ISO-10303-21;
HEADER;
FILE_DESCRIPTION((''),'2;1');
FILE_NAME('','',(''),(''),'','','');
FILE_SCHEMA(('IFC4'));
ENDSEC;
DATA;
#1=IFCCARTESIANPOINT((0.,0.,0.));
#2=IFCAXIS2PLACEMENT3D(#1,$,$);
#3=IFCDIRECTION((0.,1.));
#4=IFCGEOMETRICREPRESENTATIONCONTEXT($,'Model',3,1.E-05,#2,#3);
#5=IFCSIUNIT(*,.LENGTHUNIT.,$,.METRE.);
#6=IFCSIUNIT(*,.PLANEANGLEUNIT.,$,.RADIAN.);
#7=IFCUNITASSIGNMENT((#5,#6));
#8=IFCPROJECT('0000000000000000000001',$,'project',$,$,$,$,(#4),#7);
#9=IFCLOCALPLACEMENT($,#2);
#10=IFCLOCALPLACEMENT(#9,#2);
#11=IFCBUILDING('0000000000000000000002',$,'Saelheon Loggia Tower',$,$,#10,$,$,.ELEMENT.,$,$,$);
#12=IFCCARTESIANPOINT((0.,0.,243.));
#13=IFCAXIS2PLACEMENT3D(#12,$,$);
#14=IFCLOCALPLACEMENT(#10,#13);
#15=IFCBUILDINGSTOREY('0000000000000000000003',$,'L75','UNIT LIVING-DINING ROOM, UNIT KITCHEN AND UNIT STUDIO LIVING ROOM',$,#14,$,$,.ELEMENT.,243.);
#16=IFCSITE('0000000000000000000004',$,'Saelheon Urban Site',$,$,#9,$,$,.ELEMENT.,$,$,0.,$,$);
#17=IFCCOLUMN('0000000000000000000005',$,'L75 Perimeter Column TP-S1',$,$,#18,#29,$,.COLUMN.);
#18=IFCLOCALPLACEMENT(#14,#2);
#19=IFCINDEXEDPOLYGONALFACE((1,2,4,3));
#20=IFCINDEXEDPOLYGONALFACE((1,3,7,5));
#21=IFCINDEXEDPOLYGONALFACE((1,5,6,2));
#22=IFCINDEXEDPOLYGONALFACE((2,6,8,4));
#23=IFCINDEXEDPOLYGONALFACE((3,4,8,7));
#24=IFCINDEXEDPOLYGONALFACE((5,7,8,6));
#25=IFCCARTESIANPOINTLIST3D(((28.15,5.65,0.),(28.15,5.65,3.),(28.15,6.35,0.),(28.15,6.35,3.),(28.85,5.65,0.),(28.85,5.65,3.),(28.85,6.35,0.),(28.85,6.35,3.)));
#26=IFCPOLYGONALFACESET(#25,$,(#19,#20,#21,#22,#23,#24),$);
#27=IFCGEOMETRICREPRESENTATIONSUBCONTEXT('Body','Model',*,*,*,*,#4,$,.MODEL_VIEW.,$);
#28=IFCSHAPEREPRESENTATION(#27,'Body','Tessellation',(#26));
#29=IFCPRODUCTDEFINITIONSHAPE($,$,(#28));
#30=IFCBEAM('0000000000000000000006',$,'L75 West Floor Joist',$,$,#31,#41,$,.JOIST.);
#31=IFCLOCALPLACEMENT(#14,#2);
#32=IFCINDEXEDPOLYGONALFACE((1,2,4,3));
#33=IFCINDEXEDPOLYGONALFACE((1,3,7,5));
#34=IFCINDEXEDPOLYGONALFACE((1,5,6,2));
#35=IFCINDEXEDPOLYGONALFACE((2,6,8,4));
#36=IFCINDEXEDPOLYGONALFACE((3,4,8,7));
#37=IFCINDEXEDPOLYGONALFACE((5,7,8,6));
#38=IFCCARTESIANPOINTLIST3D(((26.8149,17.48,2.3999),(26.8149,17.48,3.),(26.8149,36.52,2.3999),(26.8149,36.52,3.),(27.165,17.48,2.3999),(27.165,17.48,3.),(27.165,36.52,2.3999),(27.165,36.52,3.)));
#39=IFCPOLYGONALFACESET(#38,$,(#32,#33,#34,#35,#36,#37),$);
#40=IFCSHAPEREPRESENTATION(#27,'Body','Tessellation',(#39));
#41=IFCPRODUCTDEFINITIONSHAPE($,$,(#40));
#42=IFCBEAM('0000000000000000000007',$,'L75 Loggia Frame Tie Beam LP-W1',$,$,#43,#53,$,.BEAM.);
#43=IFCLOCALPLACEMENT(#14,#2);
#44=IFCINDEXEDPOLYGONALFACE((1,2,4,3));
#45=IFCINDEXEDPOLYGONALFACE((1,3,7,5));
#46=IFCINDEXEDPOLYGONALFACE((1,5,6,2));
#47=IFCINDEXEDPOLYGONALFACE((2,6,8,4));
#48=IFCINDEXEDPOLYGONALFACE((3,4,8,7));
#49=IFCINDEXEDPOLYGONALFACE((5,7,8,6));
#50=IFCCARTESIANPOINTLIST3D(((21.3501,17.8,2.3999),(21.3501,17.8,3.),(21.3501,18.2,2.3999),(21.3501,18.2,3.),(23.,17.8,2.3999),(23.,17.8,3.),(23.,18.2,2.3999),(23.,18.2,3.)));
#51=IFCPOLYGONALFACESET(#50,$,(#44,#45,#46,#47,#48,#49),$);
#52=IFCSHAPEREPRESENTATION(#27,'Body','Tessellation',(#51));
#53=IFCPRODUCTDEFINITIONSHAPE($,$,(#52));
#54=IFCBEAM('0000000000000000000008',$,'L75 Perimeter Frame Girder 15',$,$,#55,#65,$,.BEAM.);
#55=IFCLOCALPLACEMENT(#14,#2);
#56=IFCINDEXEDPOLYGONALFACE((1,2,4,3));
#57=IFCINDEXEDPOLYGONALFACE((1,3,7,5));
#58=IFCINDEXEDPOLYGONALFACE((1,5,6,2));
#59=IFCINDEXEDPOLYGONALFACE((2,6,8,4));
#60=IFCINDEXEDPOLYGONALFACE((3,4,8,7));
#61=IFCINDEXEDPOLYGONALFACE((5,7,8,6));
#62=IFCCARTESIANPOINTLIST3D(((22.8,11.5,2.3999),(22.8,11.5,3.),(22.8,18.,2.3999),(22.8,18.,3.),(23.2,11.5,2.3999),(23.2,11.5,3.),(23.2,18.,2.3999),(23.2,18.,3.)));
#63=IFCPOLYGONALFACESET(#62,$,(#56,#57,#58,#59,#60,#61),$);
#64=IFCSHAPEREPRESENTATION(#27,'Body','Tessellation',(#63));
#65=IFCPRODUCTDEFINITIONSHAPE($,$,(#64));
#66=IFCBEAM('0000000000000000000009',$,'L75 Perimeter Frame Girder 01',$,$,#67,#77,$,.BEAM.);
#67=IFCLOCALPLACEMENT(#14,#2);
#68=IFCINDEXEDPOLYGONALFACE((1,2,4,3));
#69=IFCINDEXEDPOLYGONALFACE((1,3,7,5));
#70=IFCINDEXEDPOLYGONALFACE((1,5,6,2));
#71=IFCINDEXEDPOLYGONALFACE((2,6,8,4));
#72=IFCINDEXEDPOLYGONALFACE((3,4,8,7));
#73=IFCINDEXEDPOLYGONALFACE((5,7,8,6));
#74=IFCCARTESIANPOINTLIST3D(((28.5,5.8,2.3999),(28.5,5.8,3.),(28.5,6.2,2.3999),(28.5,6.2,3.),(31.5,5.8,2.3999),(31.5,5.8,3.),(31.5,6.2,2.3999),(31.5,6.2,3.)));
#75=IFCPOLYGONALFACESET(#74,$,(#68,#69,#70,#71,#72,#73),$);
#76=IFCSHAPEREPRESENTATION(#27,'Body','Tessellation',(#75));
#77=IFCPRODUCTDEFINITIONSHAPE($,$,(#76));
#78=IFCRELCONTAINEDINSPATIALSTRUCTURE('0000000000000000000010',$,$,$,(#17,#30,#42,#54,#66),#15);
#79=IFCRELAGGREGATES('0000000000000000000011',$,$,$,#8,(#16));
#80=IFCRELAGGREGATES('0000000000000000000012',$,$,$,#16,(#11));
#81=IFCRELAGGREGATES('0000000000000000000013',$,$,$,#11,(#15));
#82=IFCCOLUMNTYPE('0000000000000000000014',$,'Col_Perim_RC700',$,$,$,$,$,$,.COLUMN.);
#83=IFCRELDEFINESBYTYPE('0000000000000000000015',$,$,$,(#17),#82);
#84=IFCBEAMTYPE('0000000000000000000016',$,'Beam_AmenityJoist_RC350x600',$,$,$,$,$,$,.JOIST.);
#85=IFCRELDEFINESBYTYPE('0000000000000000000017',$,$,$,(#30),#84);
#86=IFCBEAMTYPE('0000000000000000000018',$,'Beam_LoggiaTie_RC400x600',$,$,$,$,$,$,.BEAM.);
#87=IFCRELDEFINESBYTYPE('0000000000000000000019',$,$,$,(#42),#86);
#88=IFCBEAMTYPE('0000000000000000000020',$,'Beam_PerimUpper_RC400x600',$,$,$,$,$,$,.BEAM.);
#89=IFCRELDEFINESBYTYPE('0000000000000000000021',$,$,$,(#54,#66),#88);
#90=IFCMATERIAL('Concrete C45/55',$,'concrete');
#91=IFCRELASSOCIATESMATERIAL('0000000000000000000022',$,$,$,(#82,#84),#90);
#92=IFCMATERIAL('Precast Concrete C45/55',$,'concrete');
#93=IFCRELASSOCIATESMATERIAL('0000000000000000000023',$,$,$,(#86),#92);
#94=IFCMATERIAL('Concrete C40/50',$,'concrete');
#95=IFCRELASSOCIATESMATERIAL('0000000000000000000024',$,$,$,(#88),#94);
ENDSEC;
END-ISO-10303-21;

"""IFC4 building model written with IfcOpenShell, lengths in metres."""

from ifc_helpers import new_model, si_unit, direction, frame, origin, origin_2d, place, context, subcontext, project, spatial, rectangle, extrude, source, transform, mapped, material, material_profile, profile_set, type_object, element, save


model = new_model("IFC4")

# Units and contexts
model_context = context("Model", 3, precision=1e-05, world=origin(), true_north=direction((0.0, 1.0)))
body_context = subcontext(model_context, "Body", "Model", "MODEL_VIEW")
ifc_project = project(units=[si_unit("LENGTHUNIT", "METRE"), si_unit("PLANEANGLEUNIT", "RADIAN")], contexts=[model_context])

# Site, building, storey
site_placement = place(None, origin())
site = spatial("IfcSite", under=ifc_project, at=site_placement, Name="Saelheon Urban Site", CompositionType="ELEMENT", RefElevation=0.0)
building_placement = place(site_placement, origin())
building = spatial("IfcBuilding", under=site, at=building_placement, Name="Saelheon Loggia Tower", CompositionType="ELEMENT")
storey_placement = place(building_placement, frame((0.0, 0.0, 243.0)))
storey = spatial("IfcBuildingStorey", under=building, at=storey_placement, Name="L75", Description="UNIT LIVING-DINING ROOM, UNIT KITCHEN AND UNIT STUDIO LIVING ROOM", CompositionType="ELEMENT", Elevation=243.0)

# Column
ifc_material_1 = material(Name="Concrete C45/55", Category="concrete")
ifc_material_profile_1 = material_profile(ifc_material_1, rectangle(XDim=0.7, YDim=0.7, at=origin_2d()), Name="RC-700x700")
ifc_profile_set_1 = profile_set([ifc_material_profile_1], Name="Concrete C45/55")
column_type = type_object("IfcColumnType", Name="Col_Perim_RC700", PredefinedType="COLUMN", material=ifc_profile_set_1)
shared_shape_1 = source(origin(), body_context, "Body", "SweptSolid", [
    extrude(rectangle(XDim=0.7, YDim=0.7, at=origin_2d()), origin(), (0.0, 0.0, 1.0), 3.0),
])
column_placement = place(storey_placement, frame((28.5, 6.0, 0.0), z_axis=(0.0, 0.0, 1.0), x_axis=(1.0, 0.0, 0.0)))
element("IfcColumn", 1, at=column_placement, inside=storey, type_object=column_type, Name="L75 Perimeter Column TP-S1", PredefinedType="COLUMN", context=body_context, shape_type="MappedRepresentation", body=[
    mapped(shared_shape_1, transform((0.0, 0.0, 0.0), scale=1.0)),
])

# Beams
ifc_material_profile_2 = material_profile(ifc_material_1, rectangle(XDim=0.3501, YDim=0.6001, at=origin_2d()), Name="RC-350x600")
ifc_profile_set_2 = profile_set([ifc_material_profile_2], Name="Concrete C45/55")
beam_type_1 = type_object("IfcBeamType", Name="Beam_AmenityJoist_RC350x600", PredefinedType="JOIST", material=ifc_profile_set_2)
shared_shape_2 = source(origin(), body_context, "Body", "SweptSolid", [
    extrude(rectangle(XDim=0.3501, YDim=0.6001, at=origin_2d()), origin(), (0.0, 0.0, 1.0), 19.04),
])
beam_1_placement = place(storey_placement, frame((26.99, 17.48, 2.7), z_axis=(0.0, 1.0, 0.0), x_axis=(-1.0, 0.0, 0.0)))
element("IfcBeam", 2, at=beam_1_placement, inside=storey, type_object=beam_type_1, Name="L75 West Floor Joist", PredefinedType="JOIST", context=body_context, shape_type="MappedRepresentation", body=[
    mapped(shared_shape_2, transform((0.0, 0.0, 0.0), scale=1.0)),
])
ifc_material_2 = material(Name="Precast Concrete C45/55", Category="concrete")
ifc_material_profile_3 = material_profile(ifc_material_2, rectangle(XDim=0.3999, YDim=0.6001, at=origin_2d()), Name="RC-400x600")
ifc_profile_set_3 = profile_set([ifc_material_profile_3], Name="Precast Concrete C45/55")
beam_type_2 = type_object("IfcBeamType", Name="Beam_LoggiaTie_RC400x600", PredefinedType="BEAM", material=ifc_profile_set_3)
shared_shape_3 = source(origin(), body_context, "Body", "SweptSolid", [
    extrude(rectangle(XDim=0.3999, YDim=0.6001, at=origin_2d()), origin(), (0.0, 0.0, 1.0), 1.6499),
])
beam_2_placement = place(storey_placement, frame((23.0, 18.0, 2.7), z_axis=(-1.0, 0.0, 0.0), x_axis=(0.0, -1.0, 0.0)))
element("IfcBeam", 3, at=beam_2_placement, inside=storey, type_object=beam_type_2, Name="L75 Loggia Frame Tie Beam LP-W1", PredefinedType="BEAM", context=body_context, shape_type="MappedRepresentation", body=[
    mapped(shared_shape_3, transform((0.0, 0.0, 0.0), scale=1.0)),
])
ifc_material_3 = material(Name="Concrete C40/50", Category="concrete")
ifc_material_profile_4 = material_profile(ifc_material_3, rectangle(XDim=0.3999, YDim=0.6001, at=origin_2d()), Name="RC-400x600")
ifc_profile_set_4 = profile_set([ifc_material_profile_4], Name="Concrete C40/50")
beam_type_3 = type_object("IfcBeamType", Name="Beam_PerimUpper_RC400x600", PredefinedType="BEAM", material=ifc_profile_set_4)
shared_shape_4 = source(origin(), body_context, "Body", "SweptSolid", [
    extrude(rectangle(XDim=0.3999, YDim=0.6001, at=origin_2d()), origin(), (0.0, 0.0, 1.0), 6.5),
])
beam_3_placement = place(storey_placement, frame((23.0, 18.0, 2.7), z_axis=(0.0, -1.0, 0.0), x_axis=(1.0, 0.0, 0.0)))
element("IfcBeam", 4, at=beam_3_placement, inside=storey, type_object=beam_type_3, Name="L75 Perimeter Frame Girder 15", PredefinedType="BEAM", context=body_context, shape_type="MappedRepresentation", body=[
    mapped(shared_shape_4, transform((0.0, 0.0, 0.0), scale=1.0)),
])
shared_shape_5 = source(origin(), body_context, "Body", "SweptSolid", [
    extrude(rectangle(XDim=0.3999, YDim=0.6001, at=origin_2d()), origin(), (0.0, 0.0, 1.0), 3.0),
])
beam_4_placement = place(storey_placement, frame((28.5, 6.0, 2.7), z_axis=(1.0, 0.0, 0.0), x_axis=(0.0, 1.0, 0.0)))
element("IfcBeam", 5, at=beam_4_placement, inside=storey, type_object=beam_type_3, Name="L75 Perimeter Frame Girder 01", PredefinedType="BEAM", context=body_context, shape_type="MappedRepresentation", body=[
    mapped(shared_shape_5, transform((0.0, 0.0, 0.0), scale=1.0)),
])

save(model, "model.ifc")
